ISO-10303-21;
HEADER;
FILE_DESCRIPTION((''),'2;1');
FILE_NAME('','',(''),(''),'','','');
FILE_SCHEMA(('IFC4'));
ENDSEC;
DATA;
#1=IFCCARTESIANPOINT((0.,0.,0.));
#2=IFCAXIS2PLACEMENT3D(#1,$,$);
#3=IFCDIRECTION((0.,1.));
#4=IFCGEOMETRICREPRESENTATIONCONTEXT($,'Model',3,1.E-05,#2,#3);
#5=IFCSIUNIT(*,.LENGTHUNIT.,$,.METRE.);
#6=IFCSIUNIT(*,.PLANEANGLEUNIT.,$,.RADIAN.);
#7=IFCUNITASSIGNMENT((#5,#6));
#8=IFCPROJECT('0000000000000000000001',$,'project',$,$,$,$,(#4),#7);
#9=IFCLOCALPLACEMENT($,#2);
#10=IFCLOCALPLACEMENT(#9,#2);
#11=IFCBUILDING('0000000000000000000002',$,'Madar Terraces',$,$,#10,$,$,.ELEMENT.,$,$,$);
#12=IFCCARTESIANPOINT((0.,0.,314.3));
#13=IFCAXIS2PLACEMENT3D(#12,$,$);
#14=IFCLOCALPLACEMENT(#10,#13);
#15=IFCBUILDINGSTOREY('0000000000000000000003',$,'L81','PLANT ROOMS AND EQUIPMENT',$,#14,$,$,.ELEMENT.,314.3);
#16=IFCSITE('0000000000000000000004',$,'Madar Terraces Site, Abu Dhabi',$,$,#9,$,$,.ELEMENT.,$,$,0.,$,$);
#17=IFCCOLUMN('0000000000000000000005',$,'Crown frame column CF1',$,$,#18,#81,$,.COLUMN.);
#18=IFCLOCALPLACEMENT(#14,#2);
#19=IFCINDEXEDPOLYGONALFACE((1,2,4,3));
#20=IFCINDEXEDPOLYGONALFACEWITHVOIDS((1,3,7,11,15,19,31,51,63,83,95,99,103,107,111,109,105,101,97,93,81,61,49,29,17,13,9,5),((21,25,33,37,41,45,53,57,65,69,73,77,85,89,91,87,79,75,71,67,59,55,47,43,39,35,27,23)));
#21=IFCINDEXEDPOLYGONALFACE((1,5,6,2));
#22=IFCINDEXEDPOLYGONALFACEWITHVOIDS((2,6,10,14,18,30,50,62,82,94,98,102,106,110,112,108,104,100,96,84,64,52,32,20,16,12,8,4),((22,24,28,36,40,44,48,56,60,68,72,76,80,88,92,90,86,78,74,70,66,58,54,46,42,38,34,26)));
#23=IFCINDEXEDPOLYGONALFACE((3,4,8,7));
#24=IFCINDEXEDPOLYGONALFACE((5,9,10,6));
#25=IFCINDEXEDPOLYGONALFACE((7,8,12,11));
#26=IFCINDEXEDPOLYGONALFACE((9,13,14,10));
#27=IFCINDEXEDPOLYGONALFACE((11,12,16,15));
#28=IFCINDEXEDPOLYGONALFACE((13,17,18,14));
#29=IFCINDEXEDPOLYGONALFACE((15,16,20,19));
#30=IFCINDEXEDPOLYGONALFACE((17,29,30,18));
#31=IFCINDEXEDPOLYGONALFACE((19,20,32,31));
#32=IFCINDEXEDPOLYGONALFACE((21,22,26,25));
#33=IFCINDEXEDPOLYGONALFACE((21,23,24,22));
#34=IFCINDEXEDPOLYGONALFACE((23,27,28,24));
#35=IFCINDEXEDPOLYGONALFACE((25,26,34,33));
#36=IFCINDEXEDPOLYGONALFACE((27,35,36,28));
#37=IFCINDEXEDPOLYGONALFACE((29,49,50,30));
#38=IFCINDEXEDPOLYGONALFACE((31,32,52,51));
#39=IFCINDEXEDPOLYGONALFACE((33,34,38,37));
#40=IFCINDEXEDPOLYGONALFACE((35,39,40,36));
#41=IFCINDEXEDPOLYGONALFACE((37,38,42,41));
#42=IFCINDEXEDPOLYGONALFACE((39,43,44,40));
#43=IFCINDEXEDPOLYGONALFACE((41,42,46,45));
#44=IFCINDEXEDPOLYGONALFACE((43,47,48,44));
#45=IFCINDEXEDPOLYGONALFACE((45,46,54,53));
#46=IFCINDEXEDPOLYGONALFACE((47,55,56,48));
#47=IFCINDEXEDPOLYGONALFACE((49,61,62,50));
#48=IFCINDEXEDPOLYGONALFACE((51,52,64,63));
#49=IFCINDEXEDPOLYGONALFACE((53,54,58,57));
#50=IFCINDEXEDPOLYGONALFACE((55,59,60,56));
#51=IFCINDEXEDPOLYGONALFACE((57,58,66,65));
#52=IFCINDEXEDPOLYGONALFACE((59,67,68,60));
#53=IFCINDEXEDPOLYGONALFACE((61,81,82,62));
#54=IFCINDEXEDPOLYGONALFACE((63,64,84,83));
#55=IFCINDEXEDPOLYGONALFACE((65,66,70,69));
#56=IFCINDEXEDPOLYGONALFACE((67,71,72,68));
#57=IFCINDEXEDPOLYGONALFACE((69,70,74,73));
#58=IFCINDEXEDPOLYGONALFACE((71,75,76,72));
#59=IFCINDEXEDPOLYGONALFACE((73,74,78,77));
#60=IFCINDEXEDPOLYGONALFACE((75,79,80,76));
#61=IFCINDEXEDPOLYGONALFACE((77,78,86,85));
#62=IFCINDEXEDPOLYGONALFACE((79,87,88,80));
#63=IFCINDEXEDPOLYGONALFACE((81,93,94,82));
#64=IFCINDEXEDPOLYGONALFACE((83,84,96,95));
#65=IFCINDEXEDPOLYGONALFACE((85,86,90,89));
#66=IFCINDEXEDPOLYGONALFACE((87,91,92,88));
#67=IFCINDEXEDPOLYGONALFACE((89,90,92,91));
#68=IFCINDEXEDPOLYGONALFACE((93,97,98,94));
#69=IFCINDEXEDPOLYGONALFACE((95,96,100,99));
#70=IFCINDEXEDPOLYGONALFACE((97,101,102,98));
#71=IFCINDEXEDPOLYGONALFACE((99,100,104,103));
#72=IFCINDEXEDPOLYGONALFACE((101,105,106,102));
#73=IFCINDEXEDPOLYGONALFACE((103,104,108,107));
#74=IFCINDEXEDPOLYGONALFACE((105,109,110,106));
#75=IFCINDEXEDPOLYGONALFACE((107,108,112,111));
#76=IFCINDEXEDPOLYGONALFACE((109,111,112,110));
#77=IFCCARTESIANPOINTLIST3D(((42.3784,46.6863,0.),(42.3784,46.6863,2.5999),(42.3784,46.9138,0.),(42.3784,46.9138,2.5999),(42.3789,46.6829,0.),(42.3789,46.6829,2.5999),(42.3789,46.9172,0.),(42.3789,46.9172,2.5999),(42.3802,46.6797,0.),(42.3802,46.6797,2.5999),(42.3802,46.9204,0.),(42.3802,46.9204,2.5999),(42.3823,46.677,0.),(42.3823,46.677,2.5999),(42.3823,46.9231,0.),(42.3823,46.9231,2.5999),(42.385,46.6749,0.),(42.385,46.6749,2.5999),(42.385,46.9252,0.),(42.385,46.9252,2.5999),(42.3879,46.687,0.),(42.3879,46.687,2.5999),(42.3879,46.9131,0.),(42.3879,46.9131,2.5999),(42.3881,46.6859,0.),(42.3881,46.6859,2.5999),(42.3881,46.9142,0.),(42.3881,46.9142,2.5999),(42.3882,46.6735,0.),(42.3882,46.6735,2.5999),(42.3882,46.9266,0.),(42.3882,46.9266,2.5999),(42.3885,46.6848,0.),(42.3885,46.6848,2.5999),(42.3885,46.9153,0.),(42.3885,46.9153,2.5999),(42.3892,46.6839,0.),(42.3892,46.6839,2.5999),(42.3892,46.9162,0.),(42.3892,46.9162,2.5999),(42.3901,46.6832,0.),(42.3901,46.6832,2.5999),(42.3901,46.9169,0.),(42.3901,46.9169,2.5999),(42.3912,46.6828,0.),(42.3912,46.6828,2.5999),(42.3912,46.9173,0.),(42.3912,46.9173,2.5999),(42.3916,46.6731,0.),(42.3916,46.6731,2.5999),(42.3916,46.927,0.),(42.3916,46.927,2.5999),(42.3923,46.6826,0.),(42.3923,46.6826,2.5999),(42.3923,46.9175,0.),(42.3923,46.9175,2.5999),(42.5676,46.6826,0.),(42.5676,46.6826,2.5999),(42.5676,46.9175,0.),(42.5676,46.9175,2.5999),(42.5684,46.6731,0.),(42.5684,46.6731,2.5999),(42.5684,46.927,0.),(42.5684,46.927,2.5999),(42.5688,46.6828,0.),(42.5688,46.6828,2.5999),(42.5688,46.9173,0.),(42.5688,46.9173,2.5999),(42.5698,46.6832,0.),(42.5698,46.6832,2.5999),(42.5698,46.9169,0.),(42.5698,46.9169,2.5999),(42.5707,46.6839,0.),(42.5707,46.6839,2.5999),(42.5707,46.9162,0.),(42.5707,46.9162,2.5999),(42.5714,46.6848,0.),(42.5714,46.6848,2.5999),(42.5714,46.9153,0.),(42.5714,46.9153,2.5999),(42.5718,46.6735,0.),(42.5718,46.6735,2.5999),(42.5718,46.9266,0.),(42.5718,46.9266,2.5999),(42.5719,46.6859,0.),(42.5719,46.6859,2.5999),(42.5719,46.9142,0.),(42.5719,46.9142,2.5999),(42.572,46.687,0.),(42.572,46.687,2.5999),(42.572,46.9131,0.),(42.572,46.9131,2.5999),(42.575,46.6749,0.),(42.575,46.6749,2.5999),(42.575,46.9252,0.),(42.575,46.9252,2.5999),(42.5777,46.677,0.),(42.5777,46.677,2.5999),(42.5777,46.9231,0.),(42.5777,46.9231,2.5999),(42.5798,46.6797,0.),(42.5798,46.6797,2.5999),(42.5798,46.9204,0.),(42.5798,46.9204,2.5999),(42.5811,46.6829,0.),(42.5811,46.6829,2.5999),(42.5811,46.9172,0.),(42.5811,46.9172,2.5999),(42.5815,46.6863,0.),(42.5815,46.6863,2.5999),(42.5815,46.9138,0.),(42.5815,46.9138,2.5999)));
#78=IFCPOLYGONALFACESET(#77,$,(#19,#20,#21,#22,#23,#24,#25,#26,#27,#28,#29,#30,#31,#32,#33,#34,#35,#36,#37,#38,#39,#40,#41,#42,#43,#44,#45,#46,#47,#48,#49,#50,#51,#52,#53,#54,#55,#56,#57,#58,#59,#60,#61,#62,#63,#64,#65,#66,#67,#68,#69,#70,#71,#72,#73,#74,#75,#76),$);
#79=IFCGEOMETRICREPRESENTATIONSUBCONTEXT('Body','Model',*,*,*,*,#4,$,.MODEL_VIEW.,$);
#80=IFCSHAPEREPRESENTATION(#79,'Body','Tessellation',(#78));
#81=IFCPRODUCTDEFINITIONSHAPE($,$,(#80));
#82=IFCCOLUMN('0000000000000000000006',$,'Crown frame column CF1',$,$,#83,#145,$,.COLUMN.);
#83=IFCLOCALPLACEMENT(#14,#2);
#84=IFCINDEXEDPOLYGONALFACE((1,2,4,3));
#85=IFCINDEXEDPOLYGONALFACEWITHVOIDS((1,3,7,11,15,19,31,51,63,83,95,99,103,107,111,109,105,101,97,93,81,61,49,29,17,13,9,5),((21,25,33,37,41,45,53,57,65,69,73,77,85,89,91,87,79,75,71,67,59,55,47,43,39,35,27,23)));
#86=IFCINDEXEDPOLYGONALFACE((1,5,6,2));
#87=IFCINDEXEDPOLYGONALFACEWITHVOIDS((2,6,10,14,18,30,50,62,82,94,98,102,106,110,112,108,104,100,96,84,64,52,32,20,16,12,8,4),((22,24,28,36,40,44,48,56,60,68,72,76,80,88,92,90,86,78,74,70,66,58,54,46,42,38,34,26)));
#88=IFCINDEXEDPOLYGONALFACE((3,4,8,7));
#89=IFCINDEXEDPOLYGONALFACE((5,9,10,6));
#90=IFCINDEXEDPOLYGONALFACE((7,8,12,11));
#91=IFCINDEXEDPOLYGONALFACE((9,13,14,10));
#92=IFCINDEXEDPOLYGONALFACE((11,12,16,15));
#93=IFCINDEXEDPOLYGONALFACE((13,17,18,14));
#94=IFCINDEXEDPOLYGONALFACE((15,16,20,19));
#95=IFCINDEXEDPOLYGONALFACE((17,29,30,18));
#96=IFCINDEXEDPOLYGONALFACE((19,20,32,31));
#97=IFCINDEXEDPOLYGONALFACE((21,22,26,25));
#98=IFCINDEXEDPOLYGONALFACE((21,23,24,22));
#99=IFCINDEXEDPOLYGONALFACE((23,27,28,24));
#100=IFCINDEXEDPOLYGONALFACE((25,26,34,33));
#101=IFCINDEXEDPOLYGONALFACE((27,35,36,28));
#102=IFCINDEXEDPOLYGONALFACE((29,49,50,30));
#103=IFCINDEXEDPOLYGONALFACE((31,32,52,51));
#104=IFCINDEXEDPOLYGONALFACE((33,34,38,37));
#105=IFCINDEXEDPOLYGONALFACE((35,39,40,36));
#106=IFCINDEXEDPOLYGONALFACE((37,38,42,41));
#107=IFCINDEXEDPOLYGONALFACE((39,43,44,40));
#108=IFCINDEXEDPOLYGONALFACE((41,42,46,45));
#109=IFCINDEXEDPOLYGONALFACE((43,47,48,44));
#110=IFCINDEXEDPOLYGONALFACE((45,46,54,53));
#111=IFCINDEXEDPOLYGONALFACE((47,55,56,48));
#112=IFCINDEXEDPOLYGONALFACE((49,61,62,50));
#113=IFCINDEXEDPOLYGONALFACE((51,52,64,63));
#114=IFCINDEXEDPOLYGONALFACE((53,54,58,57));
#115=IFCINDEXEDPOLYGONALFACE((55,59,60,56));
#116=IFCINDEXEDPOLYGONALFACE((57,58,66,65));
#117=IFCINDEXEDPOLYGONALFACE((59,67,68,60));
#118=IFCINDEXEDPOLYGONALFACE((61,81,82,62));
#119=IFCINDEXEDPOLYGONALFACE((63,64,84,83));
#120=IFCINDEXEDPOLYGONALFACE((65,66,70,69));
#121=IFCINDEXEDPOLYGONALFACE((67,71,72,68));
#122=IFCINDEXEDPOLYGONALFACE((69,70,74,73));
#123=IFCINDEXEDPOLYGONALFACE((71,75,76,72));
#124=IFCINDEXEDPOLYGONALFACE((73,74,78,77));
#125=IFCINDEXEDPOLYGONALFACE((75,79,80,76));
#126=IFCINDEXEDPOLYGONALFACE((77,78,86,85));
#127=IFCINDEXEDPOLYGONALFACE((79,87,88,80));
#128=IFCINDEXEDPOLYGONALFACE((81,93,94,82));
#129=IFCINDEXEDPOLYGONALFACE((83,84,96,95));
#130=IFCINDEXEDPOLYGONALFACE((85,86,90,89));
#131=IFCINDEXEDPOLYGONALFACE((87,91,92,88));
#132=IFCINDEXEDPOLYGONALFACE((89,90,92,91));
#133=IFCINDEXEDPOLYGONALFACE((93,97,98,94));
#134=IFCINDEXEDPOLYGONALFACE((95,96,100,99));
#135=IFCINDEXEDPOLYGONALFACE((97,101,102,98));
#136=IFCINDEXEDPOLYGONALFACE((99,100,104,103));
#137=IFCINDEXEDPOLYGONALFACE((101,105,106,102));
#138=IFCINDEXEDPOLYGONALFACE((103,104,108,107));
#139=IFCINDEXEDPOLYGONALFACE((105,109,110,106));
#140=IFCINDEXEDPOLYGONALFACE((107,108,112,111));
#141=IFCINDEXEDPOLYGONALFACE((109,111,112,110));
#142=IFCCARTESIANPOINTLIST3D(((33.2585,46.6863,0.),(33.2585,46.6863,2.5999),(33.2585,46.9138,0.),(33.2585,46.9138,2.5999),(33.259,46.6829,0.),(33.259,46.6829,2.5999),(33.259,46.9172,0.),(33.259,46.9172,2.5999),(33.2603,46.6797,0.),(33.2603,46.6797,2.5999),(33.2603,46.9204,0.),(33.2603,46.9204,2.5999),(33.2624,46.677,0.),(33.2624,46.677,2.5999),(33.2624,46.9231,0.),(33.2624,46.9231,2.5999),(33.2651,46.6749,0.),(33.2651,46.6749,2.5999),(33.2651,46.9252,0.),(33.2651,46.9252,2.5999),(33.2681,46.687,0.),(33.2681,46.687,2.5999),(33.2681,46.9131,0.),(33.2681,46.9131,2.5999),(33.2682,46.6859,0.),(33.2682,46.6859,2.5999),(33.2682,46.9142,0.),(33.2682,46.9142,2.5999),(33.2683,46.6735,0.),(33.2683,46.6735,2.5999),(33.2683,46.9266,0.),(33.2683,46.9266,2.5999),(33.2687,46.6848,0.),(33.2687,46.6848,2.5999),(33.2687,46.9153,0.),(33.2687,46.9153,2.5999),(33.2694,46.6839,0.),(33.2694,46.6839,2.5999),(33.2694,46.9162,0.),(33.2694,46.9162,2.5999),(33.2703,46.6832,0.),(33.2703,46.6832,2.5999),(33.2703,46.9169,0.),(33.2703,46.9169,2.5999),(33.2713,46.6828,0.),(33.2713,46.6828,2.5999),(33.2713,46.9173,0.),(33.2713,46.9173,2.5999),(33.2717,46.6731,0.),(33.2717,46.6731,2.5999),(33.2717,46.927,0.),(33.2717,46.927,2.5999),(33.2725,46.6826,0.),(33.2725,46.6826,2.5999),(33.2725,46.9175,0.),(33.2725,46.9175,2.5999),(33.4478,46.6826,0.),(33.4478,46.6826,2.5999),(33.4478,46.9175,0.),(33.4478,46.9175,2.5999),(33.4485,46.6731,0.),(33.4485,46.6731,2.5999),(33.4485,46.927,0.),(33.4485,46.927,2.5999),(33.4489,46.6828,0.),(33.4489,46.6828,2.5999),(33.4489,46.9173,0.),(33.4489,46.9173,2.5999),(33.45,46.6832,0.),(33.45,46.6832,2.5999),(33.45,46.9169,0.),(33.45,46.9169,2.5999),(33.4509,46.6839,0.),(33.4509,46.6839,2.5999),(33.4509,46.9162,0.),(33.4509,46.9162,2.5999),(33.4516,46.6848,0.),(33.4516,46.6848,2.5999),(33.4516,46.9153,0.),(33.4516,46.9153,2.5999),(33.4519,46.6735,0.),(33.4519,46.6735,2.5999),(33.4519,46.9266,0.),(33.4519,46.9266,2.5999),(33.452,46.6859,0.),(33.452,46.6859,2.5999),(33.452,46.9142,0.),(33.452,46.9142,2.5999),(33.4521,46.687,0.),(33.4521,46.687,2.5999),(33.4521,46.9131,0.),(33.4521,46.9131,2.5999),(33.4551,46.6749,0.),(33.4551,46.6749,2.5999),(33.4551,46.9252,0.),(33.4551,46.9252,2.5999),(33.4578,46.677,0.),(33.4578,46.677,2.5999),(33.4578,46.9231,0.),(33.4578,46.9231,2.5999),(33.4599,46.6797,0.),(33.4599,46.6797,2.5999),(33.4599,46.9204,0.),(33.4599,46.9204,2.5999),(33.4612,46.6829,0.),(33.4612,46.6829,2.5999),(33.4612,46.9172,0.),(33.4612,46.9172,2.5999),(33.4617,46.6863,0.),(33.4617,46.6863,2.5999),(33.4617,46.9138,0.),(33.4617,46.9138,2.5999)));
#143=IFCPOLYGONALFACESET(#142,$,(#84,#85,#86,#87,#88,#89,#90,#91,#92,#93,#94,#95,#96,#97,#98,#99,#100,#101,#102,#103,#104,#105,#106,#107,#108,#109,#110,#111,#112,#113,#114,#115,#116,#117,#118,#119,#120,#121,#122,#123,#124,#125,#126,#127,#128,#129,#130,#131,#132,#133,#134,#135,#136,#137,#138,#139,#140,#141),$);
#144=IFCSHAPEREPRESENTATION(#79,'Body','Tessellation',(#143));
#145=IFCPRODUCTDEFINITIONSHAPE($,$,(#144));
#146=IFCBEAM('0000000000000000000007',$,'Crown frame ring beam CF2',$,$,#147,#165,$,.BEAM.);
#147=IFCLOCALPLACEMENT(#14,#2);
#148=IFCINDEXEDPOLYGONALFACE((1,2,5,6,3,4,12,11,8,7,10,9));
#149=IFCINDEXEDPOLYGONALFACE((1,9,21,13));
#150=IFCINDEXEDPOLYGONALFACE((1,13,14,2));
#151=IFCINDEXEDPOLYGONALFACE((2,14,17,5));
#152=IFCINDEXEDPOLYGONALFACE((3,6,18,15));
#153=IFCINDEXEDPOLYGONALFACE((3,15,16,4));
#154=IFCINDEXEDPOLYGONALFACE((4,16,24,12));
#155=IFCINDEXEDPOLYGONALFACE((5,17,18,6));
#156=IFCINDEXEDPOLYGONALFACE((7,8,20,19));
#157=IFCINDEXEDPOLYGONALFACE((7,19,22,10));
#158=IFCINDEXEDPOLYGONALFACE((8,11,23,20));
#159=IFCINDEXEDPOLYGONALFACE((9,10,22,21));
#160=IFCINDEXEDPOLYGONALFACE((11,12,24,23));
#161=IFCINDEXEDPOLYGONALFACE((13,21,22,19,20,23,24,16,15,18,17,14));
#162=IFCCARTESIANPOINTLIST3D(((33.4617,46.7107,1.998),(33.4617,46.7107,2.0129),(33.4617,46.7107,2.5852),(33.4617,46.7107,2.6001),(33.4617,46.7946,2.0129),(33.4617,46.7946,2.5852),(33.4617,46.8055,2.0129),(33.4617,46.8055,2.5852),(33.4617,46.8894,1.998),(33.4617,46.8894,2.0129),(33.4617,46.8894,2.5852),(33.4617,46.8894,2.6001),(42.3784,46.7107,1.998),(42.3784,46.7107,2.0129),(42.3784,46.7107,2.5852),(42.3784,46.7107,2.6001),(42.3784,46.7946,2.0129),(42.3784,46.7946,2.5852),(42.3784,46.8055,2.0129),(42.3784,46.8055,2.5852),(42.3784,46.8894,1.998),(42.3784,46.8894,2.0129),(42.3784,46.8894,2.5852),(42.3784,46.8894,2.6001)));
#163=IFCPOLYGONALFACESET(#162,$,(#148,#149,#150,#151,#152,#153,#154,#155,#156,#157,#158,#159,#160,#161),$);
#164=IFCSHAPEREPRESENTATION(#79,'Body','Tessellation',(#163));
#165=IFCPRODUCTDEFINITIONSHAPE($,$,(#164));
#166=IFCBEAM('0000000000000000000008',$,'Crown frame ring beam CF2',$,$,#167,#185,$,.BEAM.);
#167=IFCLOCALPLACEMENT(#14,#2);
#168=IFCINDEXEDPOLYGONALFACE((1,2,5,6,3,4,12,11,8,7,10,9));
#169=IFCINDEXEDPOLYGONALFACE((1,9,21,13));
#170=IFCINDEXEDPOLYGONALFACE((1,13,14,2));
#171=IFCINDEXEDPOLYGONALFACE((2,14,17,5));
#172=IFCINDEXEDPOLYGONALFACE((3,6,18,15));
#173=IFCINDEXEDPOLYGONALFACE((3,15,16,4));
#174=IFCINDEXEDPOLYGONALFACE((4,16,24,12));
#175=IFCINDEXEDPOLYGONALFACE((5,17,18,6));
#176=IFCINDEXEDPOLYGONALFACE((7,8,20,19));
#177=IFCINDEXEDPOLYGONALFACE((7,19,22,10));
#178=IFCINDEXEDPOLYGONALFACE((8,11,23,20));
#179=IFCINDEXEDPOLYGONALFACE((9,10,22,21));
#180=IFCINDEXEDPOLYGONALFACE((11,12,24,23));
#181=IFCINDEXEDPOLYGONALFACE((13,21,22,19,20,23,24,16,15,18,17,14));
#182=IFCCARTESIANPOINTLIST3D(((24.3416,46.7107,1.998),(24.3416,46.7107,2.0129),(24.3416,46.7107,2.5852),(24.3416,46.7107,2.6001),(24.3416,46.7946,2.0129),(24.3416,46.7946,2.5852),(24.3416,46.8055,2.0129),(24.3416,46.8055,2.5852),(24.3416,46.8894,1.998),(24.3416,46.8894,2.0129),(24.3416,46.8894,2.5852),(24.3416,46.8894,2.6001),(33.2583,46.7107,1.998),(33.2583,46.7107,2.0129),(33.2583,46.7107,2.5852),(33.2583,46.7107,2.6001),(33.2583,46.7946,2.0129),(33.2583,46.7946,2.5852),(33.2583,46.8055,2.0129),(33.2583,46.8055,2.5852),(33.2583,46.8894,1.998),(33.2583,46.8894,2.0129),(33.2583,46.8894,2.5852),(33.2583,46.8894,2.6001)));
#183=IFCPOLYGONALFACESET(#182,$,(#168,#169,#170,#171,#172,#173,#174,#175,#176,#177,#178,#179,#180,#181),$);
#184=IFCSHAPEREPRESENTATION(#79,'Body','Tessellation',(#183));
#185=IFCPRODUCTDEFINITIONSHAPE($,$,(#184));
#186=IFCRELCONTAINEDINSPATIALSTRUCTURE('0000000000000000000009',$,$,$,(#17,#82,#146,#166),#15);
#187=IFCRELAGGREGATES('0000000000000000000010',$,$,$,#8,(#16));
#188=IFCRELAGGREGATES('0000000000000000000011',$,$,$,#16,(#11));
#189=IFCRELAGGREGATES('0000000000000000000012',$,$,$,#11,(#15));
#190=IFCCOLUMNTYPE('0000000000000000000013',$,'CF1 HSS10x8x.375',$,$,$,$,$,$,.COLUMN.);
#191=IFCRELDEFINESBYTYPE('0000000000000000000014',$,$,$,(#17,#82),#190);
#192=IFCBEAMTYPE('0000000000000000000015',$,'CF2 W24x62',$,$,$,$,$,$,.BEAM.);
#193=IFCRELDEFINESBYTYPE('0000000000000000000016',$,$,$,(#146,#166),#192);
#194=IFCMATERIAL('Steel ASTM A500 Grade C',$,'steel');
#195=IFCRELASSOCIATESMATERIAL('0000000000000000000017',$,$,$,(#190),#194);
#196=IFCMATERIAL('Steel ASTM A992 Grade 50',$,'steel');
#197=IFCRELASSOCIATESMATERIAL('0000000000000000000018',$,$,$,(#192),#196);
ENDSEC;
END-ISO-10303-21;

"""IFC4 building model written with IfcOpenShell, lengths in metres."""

from ifc_helpers import new_model, si_unit, direction, frame, origin, origin_2d, place, context, subcontext, project, spatial, hollow_rectangle, i_section, extrude, material, material_profile, profile_set, type_object, element, save


model = new_model("IFC4")

# Units and contexts
model_context = context("Model", 3, precision=1e-05, world=origin(), true_north=direction((0.0, 1.0)))
body_context = subcontext(model_context, "Body", "Model", "MODEL_VIEW")
ifc_project = project(units=[si_unit("LENGTHUNIT", "METRE"), si_unit("PLANEANGLEUNIT", "RADIAN")], contexts=[model_context])

# Site, building, storey
site_placement = place(None, origin())
site = spatial("IfcSite", under=ifc_project, at=site_placement, Name="Madar Terraces Site, Abu Dhabi", CompositionType="ELEMENT", RefElevation=0.0)
building_placement = place(site_placement, origin())
building = spatial("IfcBuilding", under=site, at=building_placement, Name="Madar Terraces", CompositionType="ELEMENT")
storey_placement = place(building_placement, frame((0.0, 0.0, 314.3)))
storey = spatial("IfcBuildingStorey", under=building, at=storey_placement, Name="L81", Description="PLANT ROOMS AND EQUIPMENT", CompositionType="ELEMENT", Elevation=314.3)

# Columns
ifc_material_1 = material(Name="Steel ASTM A500 Grade C", Category="steel")
ifc_material_profile_1 = material_profile(ifc_material_1, hollow_rectangle(XDim=0.2031, YDim=0.2539, WallThickness=0.0095, InnerFilletRadius=0.0044, OuterFilletRadius=0.0132, at=origin_2d()), Name="HSS10x8x.375")
ifc_profile_set_1 = profile_set([ifc_material_profile_1], Name="Steel ASTM A500 Grade C")
column_type = type_object("IfcColumnType", Name="CF1 HSS10x8x.375", PredefinedType="COLUMN", material=ifc_profile_set_1)
for number, where, z_axis, x_axis, name in (
    (1, (42.48, 46.8, 0.0), (0.0, 0.0, 1.0), (1.0, 0.0, 0.0), "Crown frame column CF1"),
    (2, (33.3601, 46.8, 0.0), (0.0, 0.0, 1.0), (1.0, 0.0, 0.0), "Crown frame column CF1"),
):
    element("IfcColumn", number, at=place(storey_placement, frame(where, z_axis=z_axis, x_axis=x_axis)), inside=storey, type_object=column_type, Name=name, PredefinedType="COLUMN", context=body_context, shape_type="SweptSolid", body=[
        extrude(hollow_rectangle(XDim=0.2031, YDim=0.2539, WallThickness=0.0095, InnerFilletRadius=0.0044, OuterFilletRadius=0.0132, at=origin_2d()), origin(), (0.0, 0.0, 1.0), 2.5999),
    ])

# Beams
ifc_material_2 = material(Name="Steel ASTM A992 Grade 50", Category="steel")
ifc_material_profile_2 = material_profile(ifc_material_2, i_section(OverallWidth=0.1787, OverallDepth=0.6021, WebThickness=0.011, FlangeThickness=0.0149, at=origin_2d()), Name="W24x62")
ifc_profile_set_2 = profile_set([ifc_material_profile_2], Name="Steel ASTM A992 Grade 50")
beam_type = type_object("IfcBeamType", Name="CF2 W24x62", PredefinedType="BEAM", material=ifc_profile_set_2)
for number, where, z_axis, x_axis, name in (
    (3, (42.3784, 46.8, 2.2991), (-1.0, 0.0, 0.0), (0.0, -1.0, 0.0), "Crown frame ring beam CF2"),
    (4, (33.2583, 46.8, 2.2991), (-1.0, 0.0, 0.0), (0.0, -1.0, 0.0), "Crown frame ring beam CF2"),
):
    element("IfcBeam", number, at=place(storey_placement, frame(where, z_axis=z_axis, x_axis=x_axis)), inside=storey, type_object=beam_type, Name=name, PredefinedType="BEAM", context=body_context, shape_type="SweptSolid", body=[
        extrude(i_section(OverallWidth=0.1787, OverallDepth=0.6021, WebThickness=0.011, FlangeThickness=0.0149, at=origin_2d()), origin(), (0.0, 0.0, 1.0), 8.9167),
    ])

save(model, "model.ifc")
